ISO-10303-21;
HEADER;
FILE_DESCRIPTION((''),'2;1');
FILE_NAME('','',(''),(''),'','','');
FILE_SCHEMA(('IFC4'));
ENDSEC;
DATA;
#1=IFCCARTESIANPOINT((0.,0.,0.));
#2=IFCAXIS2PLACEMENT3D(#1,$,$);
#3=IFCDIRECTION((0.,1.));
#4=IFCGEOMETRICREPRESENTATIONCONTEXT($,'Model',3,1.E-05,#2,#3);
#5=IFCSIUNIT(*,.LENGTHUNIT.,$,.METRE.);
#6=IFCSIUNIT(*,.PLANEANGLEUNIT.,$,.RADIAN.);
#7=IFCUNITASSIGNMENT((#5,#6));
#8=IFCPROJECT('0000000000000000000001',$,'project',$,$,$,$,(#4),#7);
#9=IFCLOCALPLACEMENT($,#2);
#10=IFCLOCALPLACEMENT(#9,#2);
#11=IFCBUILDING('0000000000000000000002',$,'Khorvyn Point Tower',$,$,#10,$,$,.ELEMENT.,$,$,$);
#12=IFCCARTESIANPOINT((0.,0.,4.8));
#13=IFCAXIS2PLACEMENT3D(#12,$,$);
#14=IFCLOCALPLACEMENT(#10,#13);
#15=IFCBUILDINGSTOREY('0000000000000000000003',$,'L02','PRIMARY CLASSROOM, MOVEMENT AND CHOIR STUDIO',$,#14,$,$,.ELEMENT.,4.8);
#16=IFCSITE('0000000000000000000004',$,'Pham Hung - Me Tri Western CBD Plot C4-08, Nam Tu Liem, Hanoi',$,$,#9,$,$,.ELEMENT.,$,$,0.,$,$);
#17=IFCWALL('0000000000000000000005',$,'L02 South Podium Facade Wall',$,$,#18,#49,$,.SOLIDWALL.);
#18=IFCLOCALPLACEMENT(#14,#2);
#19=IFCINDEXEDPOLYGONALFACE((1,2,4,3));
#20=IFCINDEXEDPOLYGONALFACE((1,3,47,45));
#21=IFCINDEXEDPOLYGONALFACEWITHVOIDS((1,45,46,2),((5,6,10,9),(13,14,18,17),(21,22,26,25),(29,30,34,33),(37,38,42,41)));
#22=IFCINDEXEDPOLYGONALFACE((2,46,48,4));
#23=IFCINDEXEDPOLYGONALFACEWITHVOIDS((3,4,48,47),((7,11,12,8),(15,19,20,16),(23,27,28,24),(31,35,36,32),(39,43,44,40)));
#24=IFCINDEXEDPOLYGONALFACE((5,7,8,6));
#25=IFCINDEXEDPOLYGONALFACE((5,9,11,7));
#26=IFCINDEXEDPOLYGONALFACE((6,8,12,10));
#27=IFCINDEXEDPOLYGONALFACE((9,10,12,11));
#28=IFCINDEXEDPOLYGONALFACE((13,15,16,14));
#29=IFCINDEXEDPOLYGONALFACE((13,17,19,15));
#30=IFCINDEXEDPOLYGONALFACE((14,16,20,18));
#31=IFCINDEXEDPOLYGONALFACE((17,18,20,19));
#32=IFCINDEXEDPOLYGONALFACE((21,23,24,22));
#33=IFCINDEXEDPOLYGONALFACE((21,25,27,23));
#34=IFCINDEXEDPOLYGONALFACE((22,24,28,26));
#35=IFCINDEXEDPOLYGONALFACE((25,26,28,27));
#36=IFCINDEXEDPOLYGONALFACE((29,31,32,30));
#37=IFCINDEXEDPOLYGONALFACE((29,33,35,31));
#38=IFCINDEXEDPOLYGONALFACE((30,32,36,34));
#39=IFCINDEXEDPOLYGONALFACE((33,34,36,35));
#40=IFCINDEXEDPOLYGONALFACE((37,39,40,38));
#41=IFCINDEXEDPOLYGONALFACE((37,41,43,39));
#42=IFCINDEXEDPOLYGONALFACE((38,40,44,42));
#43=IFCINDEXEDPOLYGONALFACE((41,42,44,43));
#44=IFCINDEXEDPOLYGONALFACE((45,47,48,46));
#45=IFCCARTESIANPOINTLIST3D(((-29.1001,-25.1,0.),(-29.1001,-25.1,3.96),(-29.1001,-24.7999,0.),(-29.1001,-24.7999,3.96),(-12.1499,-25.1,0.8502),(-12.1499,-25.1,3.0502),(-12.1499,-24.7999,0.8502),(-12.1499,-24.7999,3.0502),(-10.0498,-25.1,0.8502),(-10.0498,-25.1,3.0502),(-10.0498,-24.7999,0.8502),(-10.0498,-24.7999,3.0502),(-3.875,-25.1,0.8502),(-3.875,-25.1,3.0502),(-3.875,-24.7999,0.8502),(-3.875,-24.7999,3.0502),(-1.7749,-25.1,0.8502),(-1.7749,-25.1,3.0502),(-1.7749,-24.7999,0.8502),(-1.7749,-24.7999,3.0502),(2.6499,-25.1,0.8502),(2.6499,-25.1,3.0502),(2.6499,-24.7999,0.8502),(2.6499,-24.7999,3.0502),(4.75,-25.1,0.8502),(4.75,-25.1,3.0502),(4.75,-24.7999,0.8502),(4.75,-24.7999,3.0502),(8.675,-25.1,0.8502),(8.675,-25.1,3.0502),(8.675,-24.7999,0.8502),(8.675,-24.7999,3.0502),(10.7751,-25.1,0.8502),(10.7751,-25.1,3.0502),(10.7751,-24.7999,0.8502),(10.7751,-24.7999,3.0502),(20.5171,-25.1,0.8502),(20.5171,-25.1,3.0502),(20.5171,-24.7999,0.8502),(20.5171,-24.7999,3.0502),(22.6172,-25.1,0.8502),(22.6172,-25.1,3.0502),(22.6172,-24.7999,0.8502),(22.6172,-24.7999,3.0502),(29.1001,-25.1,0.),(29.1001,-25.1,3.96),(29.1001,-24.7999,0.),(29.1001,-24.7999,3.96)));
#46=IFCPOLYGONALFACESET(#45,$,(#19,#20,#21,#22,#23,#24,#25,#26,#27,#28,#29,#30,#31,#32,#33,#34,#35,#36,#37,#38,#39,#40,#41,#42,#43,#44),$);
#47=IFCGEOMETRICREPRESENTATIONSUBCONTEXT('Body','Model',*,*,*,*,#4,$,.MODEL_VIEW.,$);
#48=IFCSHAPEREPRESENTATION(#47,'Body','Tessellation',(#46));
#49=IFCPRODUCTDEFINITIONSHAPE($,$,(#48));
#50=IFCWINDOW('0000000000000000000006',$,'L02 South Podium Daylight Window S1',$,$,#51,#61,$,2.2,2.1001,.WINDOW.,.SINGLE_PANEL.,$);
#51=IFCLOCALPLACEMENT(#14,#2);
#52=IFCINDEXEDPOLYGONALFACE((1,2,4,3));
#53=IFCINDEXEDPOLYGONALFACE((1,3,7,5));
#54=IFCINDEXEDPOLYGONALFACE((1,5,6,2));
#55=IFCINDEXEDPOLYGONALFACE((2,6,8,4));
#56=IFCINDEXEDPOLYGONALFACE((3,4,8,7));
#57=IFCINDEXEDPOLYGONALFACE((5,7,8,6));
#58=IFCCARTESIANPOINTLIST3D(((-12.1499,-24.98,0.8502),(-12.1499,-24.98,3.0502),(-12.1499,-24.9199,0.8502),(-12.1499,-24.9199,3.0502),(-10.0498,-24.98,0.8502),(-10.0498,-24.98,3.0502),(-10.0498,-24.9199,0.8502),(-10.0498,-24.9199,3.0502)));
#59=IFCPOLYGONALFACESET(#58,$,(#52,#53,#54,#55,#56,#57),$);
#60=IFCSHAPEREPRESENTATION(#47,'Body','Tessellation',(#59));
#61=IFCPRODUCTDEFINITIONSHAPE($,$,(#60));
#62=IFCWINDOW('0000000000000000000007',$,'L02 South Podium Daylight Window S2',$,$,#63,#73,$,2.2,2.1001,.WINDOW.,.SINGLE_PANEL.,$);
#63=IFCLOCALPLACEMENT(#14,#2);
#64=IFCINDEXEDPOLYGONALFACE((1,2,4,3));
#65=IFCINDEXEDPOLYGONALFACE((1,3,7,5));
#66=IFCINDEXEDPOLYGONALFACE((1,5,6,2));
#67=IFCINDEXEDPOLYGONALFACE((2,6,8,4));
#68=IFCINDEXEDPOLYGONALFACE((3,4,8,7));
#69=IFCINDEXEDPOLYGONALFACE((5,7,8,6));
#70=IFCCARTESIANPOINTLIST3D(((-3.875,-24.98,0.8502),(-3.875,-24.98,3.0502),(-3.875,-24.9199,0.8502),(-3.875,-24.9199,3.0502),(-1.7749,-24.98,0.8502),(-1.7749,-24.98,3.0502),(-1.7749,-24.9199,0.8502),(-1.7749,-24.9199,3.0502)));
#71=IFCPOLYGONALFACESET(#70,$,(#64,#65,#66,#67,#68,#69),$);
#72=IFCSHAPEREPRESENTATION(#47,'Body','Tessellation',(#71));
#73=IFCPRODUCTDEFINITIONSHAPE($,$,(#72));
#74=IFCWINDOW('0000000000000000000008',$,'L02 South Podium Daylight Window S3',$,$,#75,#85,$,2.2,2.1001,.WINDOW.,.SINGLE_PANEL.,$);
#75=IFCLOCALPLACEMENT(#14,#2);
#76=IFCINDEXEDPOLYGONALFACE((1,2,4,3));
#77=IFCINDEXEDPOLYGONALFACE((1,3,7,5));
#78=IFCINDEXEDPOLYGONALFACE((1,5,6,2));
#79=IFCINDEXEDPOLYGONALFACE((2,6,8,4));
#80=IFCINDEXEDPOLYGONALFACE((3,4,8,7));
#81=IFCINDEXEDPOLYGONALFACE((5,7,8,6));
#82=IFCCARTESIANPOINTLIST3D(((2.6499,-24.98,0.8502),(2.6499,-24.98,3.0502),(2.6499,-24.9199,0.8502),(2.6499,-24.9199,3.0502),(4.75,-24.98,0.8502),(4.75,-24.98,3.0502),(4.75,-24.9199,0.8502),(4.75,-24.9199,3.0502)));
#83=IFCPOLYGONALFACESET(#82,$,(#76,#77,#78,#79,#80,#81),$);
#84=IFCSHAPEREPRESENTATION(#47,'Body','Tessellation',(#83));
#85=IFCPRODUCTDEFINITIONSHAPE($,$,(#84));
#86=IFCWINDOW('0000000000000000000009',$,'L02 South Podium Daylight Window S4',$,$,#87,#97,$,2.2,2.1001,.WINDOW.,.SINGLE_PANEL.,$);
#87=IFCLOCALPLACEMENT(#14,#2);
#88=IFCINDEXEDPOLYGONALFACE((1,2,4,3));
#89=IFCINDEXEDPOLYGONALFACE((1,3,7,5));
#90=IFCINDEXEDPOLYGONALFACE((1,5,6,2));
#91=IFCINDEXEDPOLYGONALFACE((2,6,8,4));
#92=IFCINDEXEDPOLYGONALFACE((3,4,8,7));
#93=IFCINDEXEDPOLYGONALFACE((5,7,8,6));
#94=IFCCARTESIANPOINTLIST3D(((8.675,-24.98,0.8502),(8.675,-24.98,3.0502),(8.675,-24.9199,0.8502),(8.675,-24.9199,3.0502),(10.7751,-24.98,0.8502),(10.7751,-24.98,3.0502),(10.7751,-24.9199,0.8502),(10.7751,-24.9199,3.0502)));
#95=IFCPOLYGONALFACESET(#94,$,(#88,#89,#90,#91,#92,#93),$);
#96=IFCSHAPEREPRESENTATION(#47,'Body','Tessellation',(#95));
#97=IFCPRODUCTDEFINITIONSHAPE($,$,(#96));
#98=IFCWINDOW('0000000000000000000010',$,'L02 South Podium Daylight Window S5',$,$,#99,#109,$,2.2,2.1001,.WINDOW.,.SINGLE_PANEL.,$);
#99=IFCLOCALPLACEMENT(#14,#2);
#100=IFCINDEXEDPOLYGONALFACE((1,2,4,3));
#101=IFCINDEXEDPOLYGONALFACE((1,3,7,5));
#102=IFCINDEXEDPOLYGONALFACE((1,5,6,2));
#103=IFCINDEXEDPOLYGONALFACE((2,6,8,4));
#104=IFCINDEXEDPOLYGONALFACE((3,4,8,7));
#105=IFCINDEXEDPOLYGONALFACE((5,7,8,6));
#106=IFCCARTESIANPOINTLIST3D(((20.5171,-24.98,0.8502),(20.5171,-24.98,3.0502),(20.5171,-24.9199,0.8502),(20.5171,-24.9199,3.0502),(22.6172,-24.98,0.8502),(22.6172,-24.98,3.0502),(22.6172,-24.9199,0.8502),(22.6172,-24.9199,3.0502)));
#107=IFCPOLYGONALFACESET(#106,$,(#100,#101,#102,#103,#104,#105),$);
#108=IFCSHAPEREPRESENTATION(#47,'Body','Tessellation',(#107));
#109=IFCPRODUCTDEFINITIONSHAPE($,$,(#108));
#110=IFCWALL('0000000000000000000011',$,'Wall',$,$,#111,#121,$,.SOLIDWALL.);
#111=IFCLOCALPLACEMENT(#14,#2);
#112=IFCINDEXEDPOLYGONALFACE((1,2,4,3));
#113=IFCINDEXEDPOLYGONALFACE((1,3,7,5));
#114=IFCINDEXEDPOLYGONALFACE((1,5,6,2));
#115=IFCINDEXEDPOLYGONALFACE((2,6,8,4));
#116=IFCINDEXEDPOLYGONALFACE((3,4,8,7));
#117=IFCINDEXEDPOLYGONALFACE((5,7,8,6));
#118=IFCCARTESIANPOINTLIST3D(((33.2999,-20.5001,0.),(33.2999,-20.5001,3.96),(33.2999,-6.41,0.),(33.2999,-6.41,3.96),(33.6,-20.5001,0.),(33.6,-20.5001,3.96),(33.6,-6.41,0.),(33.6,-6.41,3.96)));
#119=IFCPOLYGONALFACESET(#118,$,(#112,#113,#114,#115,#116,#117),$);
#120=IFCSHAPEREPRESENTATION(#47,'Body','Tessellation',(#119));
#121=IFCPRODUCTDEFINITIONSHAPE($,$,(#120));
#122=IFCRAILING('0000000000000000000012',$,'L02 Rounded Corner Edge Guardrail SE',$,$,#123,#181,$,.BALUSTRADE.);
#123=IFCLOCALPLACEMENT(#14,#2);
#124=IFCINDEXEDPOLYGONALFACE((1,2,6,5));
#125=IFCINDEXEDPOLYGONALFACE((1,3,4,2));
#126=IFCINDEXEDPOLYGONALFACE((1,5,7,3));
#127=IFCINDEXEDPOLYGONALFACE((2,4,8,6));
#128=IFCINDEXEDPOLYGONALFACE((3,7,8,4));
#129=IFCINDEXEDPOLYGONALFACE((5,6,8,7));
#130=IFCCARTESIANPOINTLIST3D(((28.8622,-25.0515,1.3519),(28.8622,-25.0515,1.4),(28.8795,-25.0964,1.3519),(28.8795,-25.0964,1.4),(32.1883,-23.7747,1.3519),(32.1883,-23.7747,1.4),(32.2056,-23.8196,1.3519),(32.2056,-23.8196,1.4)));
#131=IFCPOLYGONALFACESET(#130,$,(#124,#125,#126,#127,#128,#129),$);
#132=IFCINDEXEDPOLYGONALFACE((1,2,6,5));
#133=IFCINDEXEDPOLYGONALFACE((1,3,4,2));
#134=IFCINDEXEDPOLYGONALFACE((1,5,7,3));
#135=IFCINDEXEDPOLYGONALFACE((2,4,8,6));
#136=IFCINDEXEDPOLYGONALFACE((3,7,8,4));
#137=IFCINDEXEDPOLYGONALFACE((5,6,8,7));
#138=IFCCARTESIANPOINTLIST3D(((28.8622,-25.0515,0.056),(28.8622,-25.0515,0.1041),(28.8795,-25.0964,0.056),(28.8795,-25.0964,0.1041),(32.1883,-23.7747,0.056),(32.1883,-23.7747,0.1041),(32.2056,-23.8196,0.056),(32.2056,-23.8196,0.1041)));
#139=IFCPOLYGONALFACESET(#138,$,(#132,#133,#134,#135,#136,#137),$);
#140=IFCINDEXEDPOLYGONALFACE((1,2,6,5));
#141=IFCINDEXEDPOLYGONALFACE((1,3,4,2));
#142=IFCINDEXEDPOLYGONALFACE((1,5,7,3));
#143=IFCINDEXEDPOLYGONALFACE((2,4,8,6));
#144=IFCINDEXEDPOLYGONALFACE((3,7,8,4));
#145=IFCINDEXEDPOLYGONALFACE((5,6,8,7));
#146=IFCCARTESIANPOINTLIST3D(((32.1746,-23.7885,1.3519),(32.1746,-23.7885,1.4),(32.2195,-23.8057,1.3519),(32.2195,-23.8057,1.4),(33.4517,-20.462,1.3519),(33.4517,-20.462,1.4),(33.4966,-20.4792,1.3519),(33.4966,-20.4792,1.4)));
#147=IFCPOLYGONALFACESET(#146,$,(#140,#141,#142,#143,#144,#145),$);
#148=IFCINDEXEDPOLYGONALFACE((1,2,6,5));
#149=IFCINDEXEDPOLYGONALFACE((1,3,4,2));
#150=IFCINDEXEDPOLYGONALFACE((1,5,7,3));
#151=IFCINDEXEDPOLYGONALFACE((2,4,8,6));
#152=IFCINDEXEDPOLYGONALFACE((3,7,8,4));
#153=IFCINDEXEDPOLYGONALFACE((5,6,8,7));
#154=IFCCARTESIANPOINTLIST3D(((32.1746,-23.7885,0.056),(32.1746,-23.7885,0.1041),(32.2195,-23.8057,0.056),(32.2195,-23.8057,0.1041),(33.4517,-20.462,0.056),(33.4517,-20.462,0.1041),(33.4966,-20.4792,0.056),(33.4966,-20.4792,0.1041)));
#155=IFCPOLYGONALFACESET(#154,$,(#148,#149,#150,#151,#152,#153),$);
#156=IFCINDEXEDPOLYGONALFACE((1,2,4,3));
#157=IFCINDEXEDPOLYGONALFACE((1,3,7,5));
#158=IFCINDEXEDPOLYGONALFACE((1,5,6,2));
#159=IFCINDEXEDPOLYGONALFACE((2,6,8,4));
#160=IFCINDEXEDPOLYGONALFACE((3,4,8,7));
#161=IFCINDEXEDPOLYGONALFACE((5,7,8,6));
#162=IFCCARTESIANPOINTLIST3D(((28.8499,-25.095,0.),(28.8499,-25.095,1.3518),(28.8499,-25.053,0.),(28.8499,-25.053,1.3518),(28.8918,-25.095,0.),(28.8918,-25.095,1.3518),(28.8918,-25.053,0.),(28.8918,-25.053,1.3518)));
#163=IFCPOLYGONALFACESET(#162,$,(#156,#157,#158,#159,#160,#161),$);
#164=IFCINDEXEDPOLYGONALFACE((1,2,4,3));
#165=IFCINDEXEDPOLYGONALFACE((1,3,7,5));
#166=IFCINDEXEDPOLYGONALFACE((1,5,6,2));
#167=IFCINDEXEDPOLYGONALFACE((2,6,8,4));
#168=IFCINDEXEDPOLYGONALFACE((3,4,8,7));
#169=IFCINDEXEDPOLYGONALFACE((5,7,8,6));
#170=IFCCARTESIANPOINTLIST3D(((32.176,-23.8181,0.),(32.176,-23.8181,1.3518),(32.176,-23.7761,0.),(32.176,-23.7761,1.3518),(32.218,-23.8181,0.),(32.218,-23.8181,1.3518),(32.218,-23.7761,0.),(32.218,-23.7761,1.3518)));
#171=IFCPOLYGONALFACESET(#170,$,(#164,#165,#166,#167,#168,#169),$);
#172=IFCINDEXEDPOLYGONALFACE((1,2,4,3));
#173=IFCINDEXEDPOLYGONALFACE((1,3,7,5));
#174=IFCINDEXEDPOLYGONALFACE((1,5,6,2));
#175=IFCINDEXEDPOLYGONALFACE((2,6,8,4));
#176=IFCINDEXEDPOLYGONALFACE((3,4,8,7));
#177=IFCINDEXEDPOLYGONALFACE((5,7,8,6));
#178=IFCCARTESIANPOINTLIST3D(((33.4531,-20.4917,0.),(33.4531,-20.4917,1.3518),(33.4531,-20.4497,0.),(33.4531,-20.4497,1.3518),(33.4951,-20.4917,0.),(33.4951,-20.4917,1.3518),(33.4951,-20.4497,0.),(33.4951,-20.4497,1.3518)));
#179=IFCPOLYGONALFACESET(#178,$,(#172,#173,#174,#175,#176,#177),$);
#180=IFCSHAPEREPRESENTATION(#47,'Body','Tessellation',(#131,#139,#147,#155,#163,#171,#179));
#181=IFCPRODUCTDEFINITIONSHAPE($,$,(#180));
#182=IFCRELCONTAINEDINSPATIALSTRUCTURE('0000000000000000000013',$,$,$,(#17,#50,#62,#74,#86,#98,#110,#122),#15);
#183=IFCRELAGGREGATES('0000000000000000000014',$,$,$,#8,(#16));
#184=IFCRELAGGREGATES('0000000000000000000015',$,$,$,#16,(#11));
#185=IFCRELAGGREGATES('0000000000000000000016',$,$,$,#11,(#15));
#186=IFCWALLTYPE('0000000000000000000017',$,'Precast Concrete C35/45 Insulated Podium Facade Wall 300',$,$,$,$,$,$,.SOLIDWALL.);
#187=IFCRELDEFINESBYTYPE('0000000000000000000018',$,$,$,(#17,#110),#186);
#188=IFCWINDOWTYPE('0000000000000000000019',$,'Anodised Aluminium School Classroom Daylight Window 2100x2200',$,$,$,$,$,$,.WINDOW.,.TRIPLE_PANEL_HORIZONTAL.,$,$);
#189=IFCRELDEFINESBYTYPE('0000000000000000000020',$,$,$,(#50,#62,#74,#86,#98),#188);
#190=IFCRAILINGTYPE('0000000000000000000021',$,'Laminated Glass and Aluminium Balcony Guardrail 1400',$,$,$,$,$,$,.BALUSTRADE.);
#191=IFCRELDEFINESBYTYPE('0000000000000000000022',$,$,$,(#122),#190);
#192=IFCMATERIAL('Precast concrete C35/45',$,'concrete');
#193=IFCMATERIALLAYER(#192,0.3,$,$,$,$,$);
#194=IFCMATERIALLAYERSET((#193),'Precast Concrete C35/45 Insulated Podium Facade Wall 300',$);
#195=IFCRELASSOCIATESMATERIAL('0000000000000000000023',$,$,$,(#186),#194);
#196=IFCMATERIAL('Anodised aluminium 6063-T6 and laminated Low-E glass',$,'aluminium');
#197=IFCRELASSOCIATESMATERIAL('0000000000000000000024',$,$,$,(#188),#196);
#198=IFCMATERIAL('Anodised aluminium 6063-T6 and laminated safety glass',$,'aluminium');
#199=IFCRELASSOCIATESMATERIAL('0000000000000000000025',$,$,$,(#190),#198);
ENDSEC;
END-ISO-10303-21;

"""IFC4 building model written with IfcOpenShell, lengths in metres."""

from ifc_helpers import new_model, si_unit, direction, frame, frame_2d, origin, origin_2d, place, context, subcontext, project, spatial, rectangle, extrude, material, layer, layer_set, type_object, element, fill, save


model = new_model("IFC4")

# Units and contexts
model_context = context("Model", 3, precision=1e-05, world=origin(), true_north=direction((0.0, 1.0)))
body_context = subcontext(model_context, "Body", "Model", "MODEL_VIEW")
ifc_project = project(units=[si_unit("LENGTHUNIT", "METRE"), si_unit("PLANEANGLEUNIT", "RADIAN")], contexts=[model_context])

# Site, building, storey
site_placement = place(None, origin())
site = spatial("IfcSite", under=ifc_project, at=site_placement, Name="Pham Hung - Me Tri Western CBD Plot C4-08, Nam Tu Liem, Hanoi", CompositionType="ELEMENT", RefElevation=0.0)
building_placement = place(site_placement, origin())
building = spatial("IfcBuilding", under=site, at=building_placement, Name="Khorvyn Point Tower", CompositionType="ELEMENT")
storey_placement = place(building_placement, frame((0.0, 0.0, 4.8)))
storey = spatial("IfcBuildingStorey", under=building, at=storey_placement, Name="L02", Description="PRIMARY CLASSROOM, MOVEMENT AND CHOIR STUDIO", CompositionType="ELEMENT", Elevation=4.8)

# Shared definitions
ifc_material_1 = material(Name="Anodised aluminium 6063-T6 and laminated Low-E glass", Category="aluminium")

# Wall, openings, windows
ifc_material_2 = material(Name="Precast concrete C35/45", Category="concrete")
ifc_layer_1 = layer(ifc_material_2, 0.3)
ifc_layer_set_1 = layer_set([ifc_layer_1], Name="Precast Concrete C35/45 Insulated Podium Facade Wall 300")
wall_type_1 = type_object("IfcWallType", Name="Precast Concrete C35/45 Insulated Podium Facade Wall 300", PredefinedType="SOLIDWALL", material=ifc_layer_set_1)
wall_1_placement = place(storey_placement, frame((29.1001, -24.95, 0.0), z_axis=(0.0, 0.0, 1.0), x_axis=(-1.0, 0.0, 0.0)))
wall_1 = element("IfcWall", 1, at=wall_1_placement, inside=storey, type_object=wall_type_1, Name="L02 South Podium Facade Wall", PredefinedType="SOLIDWALL", context=body_context, shape_type="SweptSolid", body=[
    extrude(rectangle(XDim=58.2002, YDim=0.3, at=frame_2d((29.1001, 0.0))), origin(), (0.0, 0.0, 1.0), 3.96),
])
opening_1_placement = place(wall_1_placement, frame((39.1499, 0.0, 0.8501)))
opening_1 = element("IfcOpeningElement", 2, at=opening_1_placement, cuts=wall_1, PredefinedType="OPENING", context=body_context, shape_type="SweptSolid", body=[
    extrude(rectangle(XDim=2.1001, YDim=2.2, at=frame_2d((1.05, 1.1001))), frame((0.0, 0.1599, 0.0), z_axis=(0.0, -1.0, 0.0), x_axis=(1.0, 0.0, 0.0)), (0.0, 0.0, 1.0), 0.3201),
])
opening_2_placement = place(wall_1_placement, frame((30.875, 0.0, 0.8501)))
opening_2 = element("IfcOpeningElement", 3, at=opening_2_placement, cuts=wall_1, PredefinedType="OPENING", context=body_context, shape_type="SweptSolid", body=[
    extrude(rectangle(XDim=2.1001, YDim=2.2, at=frame_2d((1.05, 1.1001))), frame((0.0, 0.1599, 0.0), z_axis=(0.0, -1.0, 0.0), x_axis=(1.0, 0.0, 0.0)), (0.0, 0.0, 1.0), 0.3201),
])
opening_3_placement = place(wall_1_placement, frame((24.3501, 0.0, 0.8501)))
opening_3 = element("IfcOpeningElement", 4, at=opening_3_placement, cuts=wall_1, PredefinedType="OPENING", context=body_context, shape_type="SweptSolid", body=[
    extrude(rectangle(XDim=2.1001, YDim=2.2, at=frame_2d((1.05, 1.1001))), frame((0.0, 0.1599, 0.0), z_axis=(0.0, -1.0, 0.0), x_axis=(1.0, 0.0, 0.0)), (0.0, 0.0, 1.0), 0.3201),
])
opening_4_placement = place(wall_1_placement, frame((18.325, 0.0, 0.8501)))
opening_4 = element("IfcOpeningElement", 5, at=opening_4_placement, cuts=wall_1, PredefinedType="OPENING", context=body_context, shape_type="SweptSolid", body=[
    extrude(rectangle(XDim=2.1001, YDim=2.2, at=frame_2d((1.05, 1.1001))), frame((0.0, 0.1599, 0.0), z_axis=(0.0, -1.0, 0.0), x_axis=(1.0, 0.0, 0.0)), (0.0, 0.0, 1.0), 0.3201),
])
opening_5_placement = place(wall_1_placement, frame((6.4829, 0.0, 0.8501)))
opening_5 = element("IfcOpeningElement", 6, at=opening_5_placement, cuts=wall_1, PredefinedType="OPENING", context=body_context, shape_type="SweptSolid", body=[
    extrude(rectangle(XDim=2.1001, YDim=2.2, at=frame_2d((1.05, 1.1001))), frame((0.0, 0.1599, 0.0), z_axis=(0.0, -1.0, 0.0), x_axis=(1.0, 0.0, 0.0)), (0.0, 0.0, 1.0), 0.3201),
])
window_type_1 = type_object("IfcWindowType", Name="Anodised Aluminium School Classroom Daylight Window 2100x2200", PartitioningType="TRIPLE_PANEL_HORIZONTAL", PredefinedType="WINDOW", material=ifc_material_1)
window_1_placement = place(opening_1_placement, origin())
window_1 = element("IfcWindow", 7, at=window_1_placement, inside=storey, type_object=window_type_1, Name="L02 South Podium Daylight Window S1", OverallHeight=2.2, OverallWidth=2.1001, PartitioningType="SINGLE_PANEL", PredefinedType="WINDOW", context=body_context, shape_type="SweptSolid", body=[
    extrude(rectangle(XDim=2.1001, YDim=2.2, at=frame_2d((1.05, 1.1001))), frame((0.0, 0.03, 0.0), z_axis=(0.0, -1.0, 0.0), x_axis=(1.0, 0.0, 0.0)), (0.0, 0.0, 1.0), 0.0601),
])
fill(opening_1, window_1)
window_2_placement = place(opening_2_placement, origin())
window_2 = element("IfcWindow", 8, at=window_2_placement, inside=storey, type_object=window_type_1, Name="L02 South Podium Daylight Window S2", OverallHeight=2.2, OverallWidth=2.1001, PartitioningType="SINGLE_PANEL", PredefinedType="WINDOW", context=body_context, shape_type="SweptSolid", body=[
    extrude(rectangle(XDim=2.1001, YDim=2.2, at=frame_2d((1.05, 1.1001))), frame((0.0, 0.03, 0.0), z_axis=(0.0, -1.0, 0.0), x_axis=(1.0, 0.0, 0.0)), (0.0, 0.0, 1.0), 0.0601),
])
fill(opening_2, window_2)
window_3_placement = place(opening_3_placement, origin())
window_3 = element("IfcWindow", 9, at=window_3_placement, inside=storey, type_object=window_type_1, Name="L02 South Podium Daylight Window S3", OverallHeight=2.2, OverallWidth=2.1001, PartitioningType="SINGLE_PANEL", PredefinedType="WINDOW", context=body_context, shape_type="SweptSolid", body=[
    extrude(rectangle(XDim=2.1001, YDim=2.2, at=frame_2d((1.05, 1.1001))), frame((0.0, 0.03, 0.0), z_axis=(0.0, -1.0, 0.0), x_axis=(1.0, 0.0, 0.0)), (0.0, 0.0, 1.0), 0.0601),
])
fill(opening_3, window_3)
window_4_placement = place(opening_4_placement, origin())
window_4 = element("IfcWindow", 10, at=window_4_placement, inside=storey, type_object=window_type_1, Name="L02 South Podium Daylight Window S4", OverallHeight=2.2, OverallWidth=2.1001, PartitioningType="SINGLE_PANEL", PredefinedType="WINDOW", context=body_context, shape_type="SweptSolid", body=[
    extrude(rectangle(XDim=2.1001, YDim=2.2, at=frame_2d((1.05, 1.1001))), frame((0.0, 0.03, 0.0), z_axis=(0.0, -1.0, 0.0), x_axis=(1.0, 0.0, 0.0)), (0.0, 0.0, 1.0), 0.0601),
])
fill(opening_4, window_4)
window_5_placement = place(opening_5_placement, origin())
window_5 = element("IfcWindow", 11, at=window_5_placement, inside=storey, type_object=window_type_1, Name="L02 South Podium Daylight Window S5", OverallHeight=2.2, OverallWidth=2.1001, PartitioningType="SINGLE_PANEL", PredefinedType="WINDOW", context=body_context, shape_type="SweptSolid", body=[
    extrude(rectangle(XDim=2.1001, YDim=2.2, at=frame_2d((1.05, 1.1001))), frame((0.0, 0.03, 0.0), z_axis=(0.0, -1.0, 0.0), x_axis=(1.0, 0.0, 0.0)), (0.0, 0.0, 1.0), 0.0601),
])
fill(opening_5, window_5)

# Wall
wall_2_placement = place(storey_placement, frame((33.45, -20.5, 0.0), z_axis=(0.0, 0.0, 1.0), x_axis=(0.0, 1.0, 0.0)))
element("IfcWall", 12, at=wall_2_placement, inside=storey, type_object=wall_type_1, Name="Wall", PredefinedType="SOLIDWALL", context=body_context, shape_type="SweptSolid", body=[
    extrude(rectangle(XDim=14.0901, YDim=0.3, at=frame_2d((7.0449, 0.0))), origin(), (0.0, 0.0, 1.0), 3.96),
])

# Railing
ifc_material_3 = material(Name="Anodised aluminium 6063-T6 and laminated safety glass", Category="aluminium")
railing_type = type_object("IfcRailingType", Name="Laminated Glass and Aluminium Balcony Guardrail 1400", PredefinedType="BALUSTRADE", material=ifc_material_3)
railing_placement = place(storey_placement, frame((28.8708, -25.074, 0.0)))
element("IfcRailing", 13, at=railing_placement, inside=storey, type_object=railing_type, Name="L02 Rounded Corner Edge Guardrail SE", PredefinedType="BALUSTRADE", context=body_context, shape_type="SweptSolid", body=[
    extrude(rectangle(XDim=0.0481, YDim=0.0481, at=origin_2d()), frame((0.0, 0.0, 1.376), z_axis=(0.933575, 0.358382, 0.0), x_axis=(-0.358382, 0.933575, 0.0)), (0.0, 0.0, 1.0), 3.5627),
    extrude(rectangle(XDim=0.0481, YDim=0.0481, at=origin_2d()), frame((0.0, 0.0, 0.0801), z_axis=(0.933575, 0.358382, 0.0), x_axis=(-0.358382, 0.933575, 0.0)), (0.0, 0.0, 1.0), 3.5627),
    extrude(rectangle(XDim=0.0481, YDim=0.0481, at=origin_2d()), frame((3.3262, 1.2769, 1.376), z_axis=(0.358419, 0.933561, 0.0), x_axis=(-0.933561, 0.358419, 0.0)), (0.0, 0.0, 1.0), 3.5632),
    extrude(rectangle(XDim=0.0481, YDim=0.0481, at=origin_2d()), frame((3.3262, 1.2769, 0.0801), z_axis=(0.358419, 0.933561, 0.0), x_axis=(-0.933561, 0.358419, 0.0)), (0.0, 0.0, 1.0), 3.5632),
    extrude(rectangle(XDim=0.042, YDim=0.042, at=origin_2d()), origin(), (0.0, 0.0, 1.0), 1.3518),
    extrude(rectangle(XDim=0.042, YDim=0.042, at=origin_2d()), frame((3.3262, 1.2769, 0.0)), (0.0, 0.0, 1.0), 1.3518),
    extrude(rectangle(XDim=0.042, YDim=0.042, at=origin_2d()), frame((4.6033, 4.6033, 0.0)), (0.0, 0.0, 1.0), 1.3518),
])

save(model, "model.ifc")
